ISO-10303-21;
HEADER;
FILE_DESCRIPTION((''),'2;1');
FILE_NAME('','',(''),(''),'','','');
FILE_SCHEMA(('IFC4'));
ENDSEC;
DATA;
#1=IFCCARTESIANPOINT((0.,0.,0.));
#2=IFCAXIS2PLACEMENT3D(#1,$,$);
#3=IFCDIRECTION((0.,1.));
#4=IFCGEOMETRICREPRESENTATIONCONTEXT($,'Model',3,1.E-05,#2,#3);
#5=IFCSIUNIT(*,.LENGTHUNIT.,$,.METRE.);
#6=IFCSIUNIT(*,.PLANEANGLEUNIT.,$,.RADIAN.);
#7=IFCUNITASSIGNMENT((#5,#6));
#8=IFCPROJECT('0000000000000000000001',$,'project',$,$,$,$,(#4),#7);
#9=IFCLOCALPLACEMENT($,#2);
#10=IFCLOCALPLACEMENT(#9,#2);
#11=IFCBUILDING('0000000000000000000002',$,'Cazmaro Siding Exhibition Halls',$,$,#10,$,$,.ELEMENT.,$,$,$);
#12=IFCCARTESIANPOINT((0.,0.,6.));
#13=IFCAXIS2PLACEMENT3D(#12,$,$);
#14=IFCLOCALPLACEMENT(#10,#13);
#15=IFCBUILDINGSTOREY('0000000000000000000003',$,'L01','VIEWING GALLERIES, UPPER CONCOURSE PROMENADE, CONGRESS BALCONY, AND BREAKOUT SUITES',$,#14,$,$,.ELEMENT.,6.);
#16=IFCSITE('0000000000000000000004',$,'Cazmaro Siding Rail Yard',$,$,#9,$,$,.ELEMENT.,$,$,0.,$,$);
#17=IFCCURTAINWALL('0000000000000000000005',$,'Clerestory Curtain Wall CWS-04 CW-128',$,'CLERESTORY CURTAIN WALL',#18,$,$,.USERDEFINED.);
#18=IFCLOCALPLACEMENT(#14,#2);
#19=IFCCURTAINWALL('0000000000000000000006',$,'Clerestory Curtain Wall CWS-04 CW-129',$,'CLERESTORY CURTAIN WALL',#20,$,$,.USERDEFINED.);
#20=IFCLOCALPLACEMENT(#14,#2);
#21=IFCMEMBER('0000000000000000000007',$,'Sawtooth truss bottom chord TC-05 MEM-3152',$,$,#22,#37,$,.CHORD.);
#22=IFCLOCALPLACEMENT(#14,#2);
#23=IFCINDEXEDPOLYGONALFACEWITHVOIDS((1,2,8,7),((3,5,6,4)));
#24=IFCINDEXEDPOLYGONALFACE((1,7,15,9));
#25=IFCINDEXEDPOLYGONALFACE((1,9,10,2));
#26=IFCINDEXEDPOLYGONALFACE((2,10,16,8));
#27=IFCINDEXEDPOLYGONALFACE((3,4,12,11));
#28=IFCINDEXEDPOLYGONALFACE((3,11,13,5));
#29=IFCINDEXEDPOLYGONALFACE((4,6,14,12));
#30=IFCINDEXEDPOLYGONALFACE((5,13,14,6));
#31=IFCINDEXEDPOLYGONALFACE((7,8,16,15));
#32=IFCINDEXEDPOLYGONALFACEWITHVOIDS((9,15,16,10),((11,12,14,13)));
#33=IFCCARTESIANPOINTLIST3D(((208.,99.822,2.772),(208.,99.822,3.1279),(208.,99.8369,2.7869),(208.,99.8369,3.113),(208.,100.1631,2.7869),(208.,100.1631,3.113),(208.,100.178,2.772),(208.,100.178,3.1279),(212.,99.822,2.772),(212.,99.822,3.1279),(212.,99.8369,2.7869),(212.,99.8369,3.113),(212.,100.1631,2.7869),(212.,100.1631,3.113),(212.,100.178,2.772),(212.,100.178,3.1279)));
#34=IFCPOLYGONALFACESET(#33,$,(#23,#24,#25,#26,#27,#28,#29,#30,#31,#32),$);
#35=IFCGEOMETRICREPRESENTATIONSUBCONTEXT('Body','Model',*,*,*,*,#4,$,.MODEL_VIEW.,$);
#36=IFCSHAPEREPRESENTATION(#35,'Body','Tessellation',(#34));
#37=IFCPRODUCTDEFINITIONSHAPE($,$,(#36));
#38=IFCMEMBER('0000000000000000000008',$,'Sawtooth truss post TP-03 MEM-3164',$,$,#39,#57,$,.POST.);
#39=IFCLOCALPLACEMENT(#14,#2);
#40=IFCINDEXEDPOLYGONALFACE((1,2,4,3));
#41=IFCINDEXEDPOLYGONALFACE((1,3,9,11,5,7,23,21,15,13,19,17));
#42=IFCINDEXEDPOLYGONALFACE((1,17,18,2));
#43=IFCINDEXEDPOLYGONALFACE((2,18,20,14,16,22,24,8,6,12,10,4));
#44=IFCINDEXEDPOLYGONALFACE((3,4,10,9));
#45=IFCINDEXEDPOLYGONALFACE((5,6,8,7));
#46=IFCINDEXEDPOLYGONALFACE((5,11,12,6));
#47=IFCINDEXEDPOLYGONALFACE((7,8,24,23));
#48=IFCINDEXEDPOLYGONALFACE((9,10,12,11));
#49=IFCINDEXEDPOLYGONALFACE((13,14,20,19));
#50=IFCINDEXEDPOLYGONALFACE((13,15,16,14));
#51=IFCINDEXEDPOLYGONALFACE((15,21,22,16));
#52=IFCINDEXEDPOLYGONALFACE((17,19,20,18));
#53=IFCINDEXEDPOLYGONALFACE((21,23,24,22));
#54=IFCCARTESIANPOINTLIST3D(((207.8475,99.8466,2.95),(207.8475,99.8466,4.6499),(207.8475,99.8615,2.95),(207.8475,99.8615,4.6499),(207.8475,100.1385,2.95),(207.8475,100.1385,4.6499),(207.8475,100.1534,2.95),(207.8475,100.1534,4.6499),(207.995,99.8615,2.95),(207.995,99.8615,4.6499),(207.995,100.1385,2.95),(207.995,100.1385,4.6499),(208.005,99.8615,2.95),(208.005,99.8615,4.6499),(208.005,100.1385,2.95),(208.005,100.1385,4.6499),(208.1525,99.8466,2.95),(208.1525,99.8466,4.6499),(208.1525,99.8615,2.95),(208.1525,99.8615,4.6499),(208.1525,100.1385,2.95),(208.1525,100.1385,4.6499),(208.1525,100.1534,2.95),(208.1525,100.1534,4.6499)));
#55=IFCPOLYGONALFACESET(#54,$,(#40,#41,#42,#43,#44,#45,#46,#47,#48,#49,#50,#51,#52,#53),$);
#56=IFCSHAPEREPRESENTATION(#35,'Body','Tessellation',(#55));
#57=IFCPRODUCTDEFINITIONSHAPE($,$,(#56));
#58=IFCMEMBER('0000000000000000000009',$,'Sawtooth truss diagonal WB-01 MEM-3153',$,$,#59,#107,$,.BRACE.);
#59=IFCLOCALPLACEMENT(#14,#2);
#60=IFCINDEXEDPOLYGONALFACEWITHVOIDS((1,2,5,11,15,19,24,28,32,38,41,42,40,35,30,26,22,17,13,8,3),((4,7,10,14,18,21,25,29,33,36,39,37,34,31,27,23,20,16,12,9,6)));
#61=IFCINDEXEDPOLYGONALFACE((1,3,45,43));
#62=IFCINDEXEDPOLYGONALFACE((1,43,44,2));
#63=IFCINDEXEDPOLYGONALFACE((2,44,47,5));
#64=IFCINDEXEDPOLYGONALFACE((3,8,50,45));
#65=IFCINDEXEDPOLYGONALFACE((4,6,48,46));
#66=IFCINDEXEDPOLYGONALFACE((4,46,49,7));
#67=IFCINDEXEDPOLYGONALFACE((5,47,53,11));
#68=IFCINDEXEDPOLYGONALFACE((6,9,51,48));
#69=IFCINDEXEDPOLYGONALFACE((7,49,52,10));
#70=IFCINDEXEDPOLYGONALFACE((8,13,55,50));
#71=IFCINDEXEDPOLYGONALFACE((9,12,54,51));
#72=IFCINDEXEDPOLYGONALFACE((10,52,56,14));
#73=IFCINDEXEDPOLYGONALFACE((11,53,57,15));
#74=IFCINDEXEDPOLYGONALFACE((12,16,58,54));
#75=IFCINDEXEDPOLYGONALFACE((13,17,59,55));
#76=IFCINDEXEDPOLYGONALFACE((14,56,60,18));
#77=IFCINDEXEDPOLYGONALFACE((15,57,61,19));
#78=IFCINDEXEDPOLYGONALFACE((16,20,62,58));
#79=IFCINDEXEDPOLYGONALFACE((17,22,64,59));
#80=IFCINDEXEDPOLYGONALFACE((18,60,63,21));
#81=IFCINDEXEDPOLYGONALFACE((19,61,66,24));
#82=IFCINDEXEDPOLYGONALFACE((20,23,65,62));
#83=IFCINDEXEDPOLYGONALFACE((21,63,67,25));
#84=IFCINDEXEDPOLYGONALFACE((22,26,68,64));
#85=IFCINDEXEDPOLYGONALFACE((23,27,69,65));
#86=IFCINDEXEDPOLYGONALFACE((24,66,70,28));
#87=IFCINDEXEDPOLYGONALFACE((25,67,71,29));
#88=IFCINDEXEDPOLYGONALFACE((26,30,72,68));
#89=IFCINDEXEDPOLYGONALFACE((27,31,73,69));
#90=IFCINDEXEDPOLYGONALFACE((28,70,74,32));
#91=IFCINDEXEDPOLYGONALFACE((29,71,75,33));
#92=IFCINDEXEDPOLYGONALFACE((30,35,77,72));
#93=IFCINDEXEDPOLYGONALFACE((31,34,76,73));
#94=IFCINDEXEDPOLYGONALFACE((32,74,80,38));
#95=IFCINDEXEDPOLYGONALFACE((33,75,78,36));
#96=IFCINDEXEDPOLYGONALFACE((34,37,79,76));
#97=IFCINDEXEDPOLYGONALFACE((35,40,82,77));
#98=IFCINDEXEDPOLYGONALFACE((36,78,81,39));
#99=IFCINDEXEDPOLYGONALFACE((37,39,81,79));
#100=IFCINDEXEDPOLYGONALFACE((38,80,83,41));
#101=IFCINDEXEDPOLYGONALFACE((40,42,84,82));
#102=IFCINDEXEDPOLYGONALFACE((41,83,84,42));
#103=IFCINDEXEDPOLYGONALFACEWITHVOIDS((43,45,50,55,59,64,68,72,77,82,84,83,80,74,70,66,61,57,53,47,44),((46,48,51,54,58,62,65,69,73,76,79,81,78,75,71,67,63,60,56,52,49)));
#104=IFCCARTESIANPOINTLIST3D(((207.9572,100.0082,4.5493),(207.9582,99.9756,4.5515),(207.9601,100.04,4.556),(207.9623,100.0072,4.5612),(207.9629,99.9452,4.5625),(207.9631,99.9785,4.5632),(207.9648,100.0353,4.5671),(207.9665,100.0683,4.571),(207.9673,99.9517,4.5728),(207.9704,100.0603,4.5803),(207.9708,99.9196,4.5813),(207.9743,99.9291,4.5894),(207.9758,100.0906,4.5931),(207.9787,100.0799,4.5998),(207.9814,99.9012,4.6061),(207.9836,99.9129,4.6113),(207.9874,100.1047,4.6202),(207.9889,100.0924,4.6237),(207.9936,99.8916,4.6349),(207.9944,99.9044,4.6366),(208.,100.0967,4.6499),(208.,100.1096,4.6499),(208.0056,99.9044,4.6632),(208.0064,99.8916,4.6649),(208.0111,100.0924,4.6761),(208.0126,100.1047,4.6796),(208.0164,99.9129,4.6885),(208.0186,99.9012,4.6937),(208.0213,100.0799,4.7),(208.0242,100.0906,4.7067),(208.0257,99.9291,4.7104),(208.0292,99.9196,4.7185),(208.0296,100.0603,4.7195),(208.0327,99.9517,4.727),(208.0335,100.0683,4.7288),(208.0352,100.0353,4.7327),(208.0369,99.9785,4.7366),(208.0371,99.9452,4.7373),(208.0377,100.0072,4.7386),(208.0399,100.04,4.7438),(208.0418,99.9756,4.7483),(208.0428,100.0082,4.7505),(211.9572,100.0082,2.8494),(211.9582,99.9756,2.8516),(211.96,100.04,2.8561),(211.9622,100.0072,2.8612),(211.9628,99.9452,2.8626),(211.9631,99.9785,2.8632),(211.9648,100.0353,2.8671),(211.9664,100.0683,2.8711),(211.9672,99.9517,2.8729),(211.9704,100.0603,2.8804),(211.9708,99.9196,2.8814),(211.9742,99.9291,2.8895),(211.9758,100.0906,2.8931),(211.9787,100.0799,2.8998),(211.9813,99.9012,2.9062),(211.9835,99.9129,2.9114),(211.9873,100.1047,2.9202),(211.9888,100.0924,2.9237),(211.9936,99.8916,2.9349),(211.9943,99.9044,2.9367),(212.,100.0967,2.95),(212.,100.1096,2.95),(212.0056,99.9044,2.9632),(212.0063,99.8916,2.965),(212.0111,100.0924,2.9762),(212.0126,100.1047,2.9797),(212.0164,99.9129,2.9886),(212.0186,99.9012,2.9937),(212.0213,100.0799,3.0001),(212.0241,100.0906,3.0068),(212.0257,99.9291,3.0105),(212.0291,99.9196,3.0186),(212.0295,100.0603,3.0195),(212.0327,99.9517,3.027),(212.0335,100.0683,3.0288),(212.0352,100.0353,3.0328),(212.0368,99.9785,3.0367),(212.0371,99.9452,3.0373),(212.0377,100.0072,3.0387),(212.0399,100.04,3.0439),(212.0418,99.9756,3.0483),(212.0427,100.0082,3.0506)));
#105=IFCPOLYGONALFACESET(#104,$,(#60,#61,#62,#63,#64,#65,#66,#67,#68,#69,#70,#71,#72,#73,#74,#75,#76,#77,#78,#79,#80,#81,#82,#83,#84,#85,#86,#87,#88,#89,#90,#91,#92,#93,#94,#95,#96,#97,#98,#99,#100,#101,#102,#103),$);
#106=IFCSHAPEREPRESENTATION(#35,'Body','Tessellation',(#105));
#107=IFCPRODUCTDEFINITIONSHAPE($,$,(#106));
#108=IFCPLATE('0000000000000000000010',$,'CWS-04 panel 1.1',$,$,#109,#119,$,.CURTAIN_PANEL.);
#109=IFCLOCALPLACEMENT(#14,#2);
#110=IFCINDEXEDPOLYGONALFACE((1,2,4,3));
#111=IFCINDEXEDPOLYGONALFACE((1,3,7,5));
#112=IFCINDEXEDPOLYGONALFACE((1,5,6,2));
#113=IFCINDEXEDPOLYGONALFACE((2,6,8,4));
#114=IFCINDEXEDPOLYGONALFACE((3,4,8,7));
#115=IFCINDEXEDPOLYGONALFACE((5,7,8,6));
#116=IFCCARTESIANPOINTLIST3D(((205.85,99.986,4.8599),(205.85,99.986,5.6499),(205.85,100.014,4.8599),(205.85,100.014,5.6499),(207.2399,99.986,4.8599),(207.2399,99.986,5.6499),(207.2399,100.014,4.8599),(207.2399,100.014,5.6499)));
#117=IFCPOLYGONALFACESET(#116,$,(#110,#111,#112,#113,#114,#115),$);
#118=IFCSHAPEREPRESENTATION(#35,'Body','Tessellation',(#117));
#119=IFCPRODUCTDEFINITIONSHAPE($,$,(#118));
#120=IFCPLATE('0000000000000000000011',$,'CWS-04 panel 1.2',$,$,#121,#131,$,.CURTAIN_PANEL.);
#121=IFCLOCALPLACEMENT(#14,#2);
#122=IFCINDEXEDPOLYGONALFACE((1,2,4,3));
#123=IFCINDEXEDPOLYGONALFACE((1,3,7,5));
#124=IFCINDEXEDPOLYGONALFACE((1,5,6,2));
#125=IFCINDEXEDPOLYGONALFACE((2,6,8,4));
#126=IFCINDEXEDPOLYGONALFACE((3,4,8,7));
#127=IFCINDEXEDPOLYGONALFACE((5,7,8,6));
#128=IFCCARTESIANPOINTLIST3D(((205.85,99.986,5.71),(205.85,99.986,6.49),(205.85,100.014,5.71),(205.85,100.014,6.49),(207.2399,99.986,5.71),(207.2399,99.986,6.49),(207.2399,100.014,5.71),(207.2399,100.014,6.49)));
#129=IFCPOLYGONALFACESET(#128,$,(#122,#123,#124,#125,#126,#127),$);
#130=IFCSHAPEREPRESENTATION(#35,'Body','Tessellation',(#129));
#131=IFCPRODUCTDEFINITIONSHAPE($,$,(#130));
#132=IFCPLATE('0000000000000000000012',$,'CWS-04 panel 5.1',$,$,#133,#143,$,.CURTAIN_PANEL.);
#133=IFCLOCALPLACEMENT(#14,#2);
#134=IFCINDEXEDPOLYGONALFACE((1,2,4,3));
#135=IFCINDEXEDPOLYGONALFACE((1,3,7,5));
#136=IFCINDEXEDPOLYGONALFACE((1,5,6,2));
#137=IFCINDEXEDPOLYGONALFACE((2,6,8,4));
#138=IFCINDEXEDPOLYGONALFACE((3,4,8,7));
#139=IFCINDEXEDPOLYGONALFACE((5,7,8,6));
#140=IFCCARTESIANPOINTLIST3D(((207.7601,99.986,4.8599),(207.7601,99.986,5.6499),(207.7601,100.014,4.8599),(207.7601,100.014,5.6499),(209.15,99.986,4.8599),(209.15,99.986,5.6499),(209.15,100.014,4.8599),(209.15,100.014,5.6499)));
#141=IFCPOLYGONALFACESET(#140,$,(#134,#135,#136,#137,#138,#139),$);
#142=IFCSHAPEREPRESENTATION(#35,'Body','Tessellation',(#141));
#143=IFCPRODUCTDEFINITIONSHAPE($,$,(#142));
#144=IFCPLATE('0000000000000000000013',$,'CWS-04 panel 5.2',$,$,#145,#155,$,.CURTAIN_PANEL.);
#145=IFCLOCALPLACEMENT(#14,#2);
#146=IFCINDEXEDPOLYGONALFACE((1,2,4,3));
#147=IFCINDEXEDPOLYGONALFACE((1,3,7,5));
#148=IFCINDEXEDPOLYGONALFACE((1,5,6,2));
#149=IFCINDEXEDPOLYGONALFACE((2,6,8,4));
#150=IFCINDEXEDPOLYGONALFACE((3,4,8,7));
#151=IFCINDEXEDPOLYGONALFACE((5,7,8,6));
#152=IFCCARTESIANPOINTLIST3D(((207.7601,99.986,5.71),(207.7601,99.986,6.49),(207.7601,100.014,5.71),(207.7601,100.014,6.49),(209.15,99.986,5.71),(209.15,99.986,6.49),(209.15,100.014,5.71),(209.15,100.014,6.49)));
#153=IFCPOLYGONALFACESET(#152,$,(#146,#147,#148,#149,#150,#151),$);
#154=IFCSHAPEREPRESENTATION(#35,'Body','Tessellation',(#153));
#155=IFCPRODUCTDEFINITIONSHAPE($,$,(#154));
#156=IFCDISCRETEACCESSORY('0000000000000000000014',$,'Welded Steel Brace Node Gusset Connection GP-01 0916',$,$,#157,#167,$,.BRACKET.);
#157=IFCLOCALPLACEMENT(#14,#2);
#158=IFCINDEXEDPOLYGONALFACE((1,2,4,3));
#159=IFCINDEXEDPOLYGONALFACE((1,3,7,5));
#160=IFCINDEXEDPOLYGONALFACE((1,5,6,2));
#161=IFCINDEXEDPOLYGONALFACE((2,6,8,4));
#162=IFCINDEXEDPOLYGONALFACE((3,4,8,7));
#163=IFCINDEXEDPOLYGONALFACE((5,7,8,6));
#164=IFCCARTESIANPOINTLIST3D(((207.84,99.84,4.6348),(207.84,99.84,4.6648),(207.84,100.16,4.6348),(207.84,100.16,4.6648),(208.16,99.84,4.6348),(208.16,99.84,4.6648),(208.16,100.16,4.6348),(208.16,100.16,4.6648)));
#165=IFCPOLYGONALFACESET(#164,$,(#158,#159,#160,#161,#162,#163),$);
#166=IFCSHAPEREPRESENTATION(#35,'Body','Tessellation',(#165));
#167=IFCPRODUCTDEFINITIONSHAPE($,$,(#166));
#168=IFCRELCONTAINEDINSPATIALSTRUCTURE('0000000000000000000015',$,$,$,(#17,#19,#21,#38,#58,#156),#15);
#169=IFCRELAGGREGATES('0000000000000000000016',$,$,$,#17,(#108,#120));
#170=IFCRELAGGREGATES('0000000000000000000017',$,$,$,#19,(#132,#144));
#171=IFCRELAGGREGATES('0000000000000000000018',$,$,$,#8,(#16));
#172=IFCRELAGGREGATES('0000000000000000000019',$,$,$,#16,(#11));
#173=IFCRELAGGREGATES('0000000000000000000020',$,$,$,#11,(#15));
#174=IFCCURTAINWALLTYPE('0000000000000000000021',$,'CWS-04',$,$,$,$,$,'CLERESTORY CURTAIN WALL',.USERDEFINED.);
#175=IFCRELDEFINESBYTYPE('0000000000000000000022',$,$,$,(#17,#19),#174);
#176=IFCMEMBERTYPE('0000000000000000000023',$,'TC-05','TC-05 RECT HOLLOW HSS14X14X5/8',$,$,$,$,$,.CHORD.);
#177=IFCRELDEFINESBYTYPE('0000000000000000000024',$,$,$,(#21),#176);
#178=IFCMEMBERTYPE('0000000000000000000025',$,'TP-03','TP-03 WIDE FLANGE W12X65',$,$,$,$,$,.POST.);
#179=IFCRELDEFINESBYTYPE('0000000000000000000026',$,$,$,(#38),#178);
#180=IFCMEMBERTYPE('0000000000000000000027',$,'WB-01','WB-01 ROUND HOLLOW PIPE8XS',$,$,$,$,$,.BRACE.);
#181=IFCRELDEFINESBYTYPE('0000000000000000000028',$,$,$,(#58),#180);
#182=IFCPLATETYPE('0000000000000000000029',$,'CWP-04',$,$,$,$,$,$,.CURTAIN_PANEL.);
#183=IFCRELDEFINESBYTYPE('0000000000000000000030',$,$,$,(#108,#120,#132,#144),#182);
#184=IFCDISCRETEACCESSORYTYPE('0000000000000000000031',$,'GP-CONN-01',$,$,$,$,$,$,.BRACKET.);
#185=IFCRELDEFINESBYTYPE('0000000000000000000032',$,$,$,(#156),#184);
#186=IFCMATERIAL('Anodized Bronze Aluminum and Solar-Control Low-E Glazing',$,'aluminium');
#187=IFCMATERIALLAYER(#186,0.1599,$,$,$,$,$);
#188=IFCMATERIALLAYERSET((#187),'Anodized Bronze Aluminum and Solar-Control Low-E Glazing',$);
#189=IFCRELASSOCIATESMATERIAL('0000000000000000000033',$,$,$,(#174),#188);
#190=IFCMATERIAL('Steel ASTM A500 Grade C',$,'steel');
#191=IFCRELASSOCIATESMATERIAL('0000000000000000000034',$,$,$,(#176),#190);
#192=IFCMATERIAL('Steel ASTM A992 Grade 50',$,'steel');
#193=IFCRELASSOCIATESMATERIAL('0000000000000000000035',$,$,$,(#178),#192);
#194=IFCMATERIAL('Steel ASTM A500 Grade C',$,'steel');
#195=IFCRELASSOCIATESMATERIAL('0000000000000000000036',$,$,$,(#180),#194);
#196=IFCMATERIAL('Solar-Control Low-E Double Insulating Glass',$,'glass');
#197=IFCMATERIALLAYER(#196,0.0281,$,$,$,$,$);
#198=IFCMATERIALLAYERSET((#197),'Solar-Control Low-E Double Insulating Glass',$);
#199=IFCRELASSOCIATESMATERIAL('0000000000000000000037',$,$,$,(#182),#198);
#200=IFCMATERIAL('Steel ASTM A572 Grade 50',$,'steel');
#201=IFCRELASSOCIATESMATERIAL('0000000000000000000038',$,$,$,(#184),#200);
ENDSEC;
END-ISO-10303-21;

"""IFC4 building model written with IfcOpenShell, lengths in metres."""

from ifc_helpers import new_model, si_unit, direction, frame, origin, origin_2d, place, context, subcontext, project, spatial, rectangle, hollow_rectangle, hollow_circle, i_section, extrude, material, layer, layer_set, material_profile, profile_set, type_object, element, aggregate, save


model = new_model("IFC4")

# Units and contexts
model_context = context("Model", 3, precision=1e-05, world=origin(), true_north=direction((0.0, 1.0)))
body_context = subcontext(model_context, "Body", "Model", "MODEL_VIEW")
ifc_project = project(units=[si_unit("LENGTHUNIT", "METRE"), si_unit("PLANEANGLEUNIT", "RADIAN")], contexts=[model_context])

# Site, building, storey
site_placement = place(None, origin())
site = spatial("IfcSite", under=ifc_project, at=site_placement, Name="Cazmaro Siding Rail Yard", CompositionType="ELEMENT", RefElevation=0.0)
building_placement = place(site_placement, origin())
building = spatial("IfcBuilding", under=site, at=building_placement, Name="Cazmaro Siding Exhibition Halls", CompositionType="ELEMENT")
storey_placement = place(building_placement, frame((0.0, 0.0, 6.0)))
storey = spatial("IfcBuildingStorey", under=building, at=storey_placement, Name="L01", Description="VIEWING GALLERIES, UPPER CONCOURSE PROMENADE, CONGRESS BALCONY, AND BREAKOUT SUITES", CompositionType="ELEMENT", Elevation=6.0)

# Curtain walls
ifc_material_1 = material(Name="Anodized Bronze Aluminum and Solar-Control Low-E Glazing", Category="aluminium")
ifc_layer_1 = layer(ifc_material_1, 0.1599)
ifc_layer_set_1 = layer_set([ifc_layer_1], Name="Anodized Bronze Aluminum and Solar-Control Low-E Glazing")
curtain_wall_type = type_object("IfcCurtainWallType", Name="CWS-04", ElementType="CLERESTORY CURTAIN WALL", PredefinedType="USERDEFINED", material=ifc_layer_set_1)
curtain_wall_1_placement = place(storey_placement, origin())
curtain_wall_1 = element("IfcCurtainWall", 1, at=curtain_wall_1_placement, inside=storey, type_object=curtain_wall_type, Name="Clerestory Curtain Wall CWS-04 CW-128", ObjectType="CLERESTORY CURTAIN WALL", PredefinedType="USERDEFINED")
curtain_wall_2_placement = place(storey_placement, origin())
curtain_wall_2 = element("IfcCurtainWall", 2, at=curtain_wall_2_placement, inside=storey, type_object=curtain_wall_type, Name="Clerestory Curtain Wall CWS-04 CW-129", ObjectType="CLERESTORY CURTAIN WALL", PredefinedType="USERDEFINED")

# Members
ifc_material_2 = material(Name="Steel ASTM A500 Grade C", Category="steel")
ifc_material_profile_1 = material_profile(ifc_material_2, hollow_rectangle(XDim=0.356, YDim=0.356, WallThickness=0.0149, at=origin_2d()), Name="HSS14X14X5/8")
ifc_profile_set_1 = profile_set([ifc_material_profile_1], Name="Steel ASTM A500 Grade C")
member_type_1 = type_object("IfcMemberType", Name="TC-05", Description="TC-05 RECT HOLLOW HSS14X14X5/8", PredefinedType="CHORD", material=ifc_profile_set_1)
member_1_placement = place(storey_placement, frame((208.0, 100.0, 2.95), z_axis=(1.0, 0.0, 0.0), x_axis=(0.0, 1.0, 0.0)))
element("IfcMember", 3, at=member_1_placement, inside=storey, type_object=member_type_1, Name="Sawtooth truss bottom chord TC-05 MEM-3152", PredefinedType="CHORD", context=body_context, shape_type="SweptSolid", body=[
    extrude(hollow_rectangle(XDim=0.356, YDim=0.356, WallThickness=0.0149, at=origin_2d()), origin(), (0.0, 0.0, 1.0), 4.0),
])
ifc_material_3 = material(Name="Steel ASTM A992 Grade 50", Category="steel")
ifc_material_profile_2 = material_profile(ifc_material_3, i_section(OverallWidth=0.3049, OverallDepth=0.3069, WebThickness=0.01, FlangeThickness=0.0149, at=origin_2d()), Name="W12X65")
ifc_profile_set_2 = profile_set([ifc_material_profile_2], Name="Steel ASTM A992 Grade 50")
member_type_2 = type_object("IfcMemberType", Name="TP-03", Description="TP-03 WIDE FLANGE W12X65", PredefinedType="POST", material=ifc_profile_set_2)
member_2_placement = place(storey_placement, frame((208.0, 100.0, 2.95), z_axis=(0.0, 0.0, 1.0), x_axis=(1.0, 0.0, 0.0)))
element("IfcMember", 4, at=member_2_placement, inside=storey, type_object=member_type_2, Name="Sawtooth truss post TP-03 MEM-3164", PredefinedType="POST", context=body_context, shape_type="SweptSolid", body=[
    extrude(i_section(OverallWidth=0.3049, OverallDepth=0.3069, WebThickness=0.01, FlangeThickness=0.0149, at=origin_2d()), origin(), (0.0, 0.0, 1.0), 1.7),
])
ifc_material_4 = material(Name="Steel ASTM A500 Grade C", Category="steel")
ifc_material_profile_3 = material_profile(ifc_material_4, hollow_circle(Radius=0.1096, WallThickness=0.0129, at=origin_2d()), Name="PIPE8XS")
ifc_profile_set_3 = profile_set([ifc_material_profile_3], Name="Steel ASTM A500 Grade C")
member_type_3 = type_object("IfcMemberType", Name="WB-01", Description="WB-01 ROUND HOLLOW PIPE8XS", PredefinedType="BRACE", material=ifc_profile_set_3)
member_3_placement = place(storey_placement, frame((208.0, 100.0, 4.6499), z_axis=(0.920335, 0.0, -0.391131), x_axis=(0.0, 1.0, 0.0)))
element("IfcMember", 5, at=member_3_placement, inside=storey, type_object=member_type_3, Name="Sawtooth truss diagonal WB-01 MEM-3153", PredefinedType="BRACE", context=body_context, shape_type="SweptSolid", body=[
    extrude(hollow_circle(Radius=0.1096, WallThickness=0.0129, at=origin_2d()), origin(), (0.0, 0.0, 1.0), 4.3462),
])

# Plates
ifc_material_5 = material(Name="Solar-Control Low-E Double Insulating Glass", Category="glass")
ifc_layer_2 = layer(ifc_material_5, 0.0281)
ifc_layer_set_2 = layer_set([ifc_layer_2], Name="Solar-Control Low-E Double Insulating Glass")
plate_type = type_object("IfcPlateType", Name="CWP-04", PredefinedType="CURTAIN_PANEL", material=ifc_layer_set_2)
plate_1_placement = place(storey_placement, frame((206.5449, 100.0, 4.8599), z_axis=(0.0, 0.0, 1.0), x_axis=(-1.0, 0.0, 0.0)))
plate_1 = element("IfcPlate", 6, at=plate_1_placement, type_object=plate_type, Name="CWS-04 panel 1.1", PredefinedType="CURTAIN_PANEL", context=body_context, shape_type="SweptSolid", body=[
    extrude(rectangle(XDim=1.3899, YDim=0.0281, at=origin_2d()), origin(), (0.0, 0.0, 1.0), 0.79),
])
plate_2_placement = place(storey_placement, frame((206.5449, 100.0, 5.71), z_axis=(0.0, 0.0, 1.0), x_axis=(-1.0, 0.0, 0.0)))
plate_2 = element("IfcPlate", 7, at=plate_2_placement, type_object=plate_type, Name="CWS-04 panel 1.2", PredefinedType="CURTAIN_PANEL", context=body_context, shape_type="SweptSolid", body=[
    extrude(rectangle(XDim=1.3899, YDim=0.0281, at=origin_2d()), origin(), (0.0, 0.0, 1.0), 0.78),
])
aggregate(curtain_wall_1, [plate_1, plate_2])
plate_3_placement = place(storey_placement, frame((208.4551, 100.0, 4.8599), z_axis=(0.0, 0.0, 1.0), x_axis=(-1.0, 0.0, 0.0)))
plate_3 = element("IfcPlate", 8, at=plate_3_placement, type_object=plate_type, Name="CWS-04 panel 5.1", PredefinedType="CURTAIN_PANEL", context=body_context, shape_type="SweptSolid", body=[
    extrude(rectangle(XDim=1.3899, YDim=0.0281, at=origin_2d()), origin(), (0.0, 0.0, 1.0), 0.79),
])
plate_4_placement = place(storey_placement, frame((208.4551, 100.0, 5.71), z_axis=(0.0, 0.0, 1.0), x_axis=(-1.0, 0.0, 0.0)))
plate_4 = element("IfcPlate", 9, at=plate_4_placement, type_object=plate_type, Name="CWS-04 panel 5.2", PredefinedType="CURTAIN_PANEL", context=body_context, shape_type="SweptSolid", body=[
    extrude(rectangle(XDim=1.3899, YDim=0.0281, at=origin_2d()), origin(), (0.0, 0.0, 1.0), 0.78),
])
aggregate(curtain_wall_2, [plate_3, plate_4])

# Discrete accessory
ifc_material_6 = material(Name="Steel ASTM A572 Grade 50", Category="steel")
discrete_accessory_type = type_object("IfcDiscreteAccessoryType", Name="GP-CONN-01", PredefinedType="BRACKET", material=ifc_material_6)
discrete_accessory_placement = place(storey_placement, frame((208.0, 100.0, 4.6348), z_axis=(0.0, 0.0, 1.0), x_axis=(1.0, 0.0, 0.0)))
element("IfcDiscreteAccessory", 10, at=discrete_accessory_placement, inside=storey, type_object=discrete_accessory_type, Name="Welded Steel Brace Node Gusset Connection GP-01 0916", PredefinedType="BRACKET", context=body_context, shape_type="SweptSolid", body=[
    extrude(rectangle(XDim=0.3201, YDim=0.3201, at=origin_2d()), origin(), (0.0, 0.0, 1.0), 0.03),
])

save(model, "model.ifc")
